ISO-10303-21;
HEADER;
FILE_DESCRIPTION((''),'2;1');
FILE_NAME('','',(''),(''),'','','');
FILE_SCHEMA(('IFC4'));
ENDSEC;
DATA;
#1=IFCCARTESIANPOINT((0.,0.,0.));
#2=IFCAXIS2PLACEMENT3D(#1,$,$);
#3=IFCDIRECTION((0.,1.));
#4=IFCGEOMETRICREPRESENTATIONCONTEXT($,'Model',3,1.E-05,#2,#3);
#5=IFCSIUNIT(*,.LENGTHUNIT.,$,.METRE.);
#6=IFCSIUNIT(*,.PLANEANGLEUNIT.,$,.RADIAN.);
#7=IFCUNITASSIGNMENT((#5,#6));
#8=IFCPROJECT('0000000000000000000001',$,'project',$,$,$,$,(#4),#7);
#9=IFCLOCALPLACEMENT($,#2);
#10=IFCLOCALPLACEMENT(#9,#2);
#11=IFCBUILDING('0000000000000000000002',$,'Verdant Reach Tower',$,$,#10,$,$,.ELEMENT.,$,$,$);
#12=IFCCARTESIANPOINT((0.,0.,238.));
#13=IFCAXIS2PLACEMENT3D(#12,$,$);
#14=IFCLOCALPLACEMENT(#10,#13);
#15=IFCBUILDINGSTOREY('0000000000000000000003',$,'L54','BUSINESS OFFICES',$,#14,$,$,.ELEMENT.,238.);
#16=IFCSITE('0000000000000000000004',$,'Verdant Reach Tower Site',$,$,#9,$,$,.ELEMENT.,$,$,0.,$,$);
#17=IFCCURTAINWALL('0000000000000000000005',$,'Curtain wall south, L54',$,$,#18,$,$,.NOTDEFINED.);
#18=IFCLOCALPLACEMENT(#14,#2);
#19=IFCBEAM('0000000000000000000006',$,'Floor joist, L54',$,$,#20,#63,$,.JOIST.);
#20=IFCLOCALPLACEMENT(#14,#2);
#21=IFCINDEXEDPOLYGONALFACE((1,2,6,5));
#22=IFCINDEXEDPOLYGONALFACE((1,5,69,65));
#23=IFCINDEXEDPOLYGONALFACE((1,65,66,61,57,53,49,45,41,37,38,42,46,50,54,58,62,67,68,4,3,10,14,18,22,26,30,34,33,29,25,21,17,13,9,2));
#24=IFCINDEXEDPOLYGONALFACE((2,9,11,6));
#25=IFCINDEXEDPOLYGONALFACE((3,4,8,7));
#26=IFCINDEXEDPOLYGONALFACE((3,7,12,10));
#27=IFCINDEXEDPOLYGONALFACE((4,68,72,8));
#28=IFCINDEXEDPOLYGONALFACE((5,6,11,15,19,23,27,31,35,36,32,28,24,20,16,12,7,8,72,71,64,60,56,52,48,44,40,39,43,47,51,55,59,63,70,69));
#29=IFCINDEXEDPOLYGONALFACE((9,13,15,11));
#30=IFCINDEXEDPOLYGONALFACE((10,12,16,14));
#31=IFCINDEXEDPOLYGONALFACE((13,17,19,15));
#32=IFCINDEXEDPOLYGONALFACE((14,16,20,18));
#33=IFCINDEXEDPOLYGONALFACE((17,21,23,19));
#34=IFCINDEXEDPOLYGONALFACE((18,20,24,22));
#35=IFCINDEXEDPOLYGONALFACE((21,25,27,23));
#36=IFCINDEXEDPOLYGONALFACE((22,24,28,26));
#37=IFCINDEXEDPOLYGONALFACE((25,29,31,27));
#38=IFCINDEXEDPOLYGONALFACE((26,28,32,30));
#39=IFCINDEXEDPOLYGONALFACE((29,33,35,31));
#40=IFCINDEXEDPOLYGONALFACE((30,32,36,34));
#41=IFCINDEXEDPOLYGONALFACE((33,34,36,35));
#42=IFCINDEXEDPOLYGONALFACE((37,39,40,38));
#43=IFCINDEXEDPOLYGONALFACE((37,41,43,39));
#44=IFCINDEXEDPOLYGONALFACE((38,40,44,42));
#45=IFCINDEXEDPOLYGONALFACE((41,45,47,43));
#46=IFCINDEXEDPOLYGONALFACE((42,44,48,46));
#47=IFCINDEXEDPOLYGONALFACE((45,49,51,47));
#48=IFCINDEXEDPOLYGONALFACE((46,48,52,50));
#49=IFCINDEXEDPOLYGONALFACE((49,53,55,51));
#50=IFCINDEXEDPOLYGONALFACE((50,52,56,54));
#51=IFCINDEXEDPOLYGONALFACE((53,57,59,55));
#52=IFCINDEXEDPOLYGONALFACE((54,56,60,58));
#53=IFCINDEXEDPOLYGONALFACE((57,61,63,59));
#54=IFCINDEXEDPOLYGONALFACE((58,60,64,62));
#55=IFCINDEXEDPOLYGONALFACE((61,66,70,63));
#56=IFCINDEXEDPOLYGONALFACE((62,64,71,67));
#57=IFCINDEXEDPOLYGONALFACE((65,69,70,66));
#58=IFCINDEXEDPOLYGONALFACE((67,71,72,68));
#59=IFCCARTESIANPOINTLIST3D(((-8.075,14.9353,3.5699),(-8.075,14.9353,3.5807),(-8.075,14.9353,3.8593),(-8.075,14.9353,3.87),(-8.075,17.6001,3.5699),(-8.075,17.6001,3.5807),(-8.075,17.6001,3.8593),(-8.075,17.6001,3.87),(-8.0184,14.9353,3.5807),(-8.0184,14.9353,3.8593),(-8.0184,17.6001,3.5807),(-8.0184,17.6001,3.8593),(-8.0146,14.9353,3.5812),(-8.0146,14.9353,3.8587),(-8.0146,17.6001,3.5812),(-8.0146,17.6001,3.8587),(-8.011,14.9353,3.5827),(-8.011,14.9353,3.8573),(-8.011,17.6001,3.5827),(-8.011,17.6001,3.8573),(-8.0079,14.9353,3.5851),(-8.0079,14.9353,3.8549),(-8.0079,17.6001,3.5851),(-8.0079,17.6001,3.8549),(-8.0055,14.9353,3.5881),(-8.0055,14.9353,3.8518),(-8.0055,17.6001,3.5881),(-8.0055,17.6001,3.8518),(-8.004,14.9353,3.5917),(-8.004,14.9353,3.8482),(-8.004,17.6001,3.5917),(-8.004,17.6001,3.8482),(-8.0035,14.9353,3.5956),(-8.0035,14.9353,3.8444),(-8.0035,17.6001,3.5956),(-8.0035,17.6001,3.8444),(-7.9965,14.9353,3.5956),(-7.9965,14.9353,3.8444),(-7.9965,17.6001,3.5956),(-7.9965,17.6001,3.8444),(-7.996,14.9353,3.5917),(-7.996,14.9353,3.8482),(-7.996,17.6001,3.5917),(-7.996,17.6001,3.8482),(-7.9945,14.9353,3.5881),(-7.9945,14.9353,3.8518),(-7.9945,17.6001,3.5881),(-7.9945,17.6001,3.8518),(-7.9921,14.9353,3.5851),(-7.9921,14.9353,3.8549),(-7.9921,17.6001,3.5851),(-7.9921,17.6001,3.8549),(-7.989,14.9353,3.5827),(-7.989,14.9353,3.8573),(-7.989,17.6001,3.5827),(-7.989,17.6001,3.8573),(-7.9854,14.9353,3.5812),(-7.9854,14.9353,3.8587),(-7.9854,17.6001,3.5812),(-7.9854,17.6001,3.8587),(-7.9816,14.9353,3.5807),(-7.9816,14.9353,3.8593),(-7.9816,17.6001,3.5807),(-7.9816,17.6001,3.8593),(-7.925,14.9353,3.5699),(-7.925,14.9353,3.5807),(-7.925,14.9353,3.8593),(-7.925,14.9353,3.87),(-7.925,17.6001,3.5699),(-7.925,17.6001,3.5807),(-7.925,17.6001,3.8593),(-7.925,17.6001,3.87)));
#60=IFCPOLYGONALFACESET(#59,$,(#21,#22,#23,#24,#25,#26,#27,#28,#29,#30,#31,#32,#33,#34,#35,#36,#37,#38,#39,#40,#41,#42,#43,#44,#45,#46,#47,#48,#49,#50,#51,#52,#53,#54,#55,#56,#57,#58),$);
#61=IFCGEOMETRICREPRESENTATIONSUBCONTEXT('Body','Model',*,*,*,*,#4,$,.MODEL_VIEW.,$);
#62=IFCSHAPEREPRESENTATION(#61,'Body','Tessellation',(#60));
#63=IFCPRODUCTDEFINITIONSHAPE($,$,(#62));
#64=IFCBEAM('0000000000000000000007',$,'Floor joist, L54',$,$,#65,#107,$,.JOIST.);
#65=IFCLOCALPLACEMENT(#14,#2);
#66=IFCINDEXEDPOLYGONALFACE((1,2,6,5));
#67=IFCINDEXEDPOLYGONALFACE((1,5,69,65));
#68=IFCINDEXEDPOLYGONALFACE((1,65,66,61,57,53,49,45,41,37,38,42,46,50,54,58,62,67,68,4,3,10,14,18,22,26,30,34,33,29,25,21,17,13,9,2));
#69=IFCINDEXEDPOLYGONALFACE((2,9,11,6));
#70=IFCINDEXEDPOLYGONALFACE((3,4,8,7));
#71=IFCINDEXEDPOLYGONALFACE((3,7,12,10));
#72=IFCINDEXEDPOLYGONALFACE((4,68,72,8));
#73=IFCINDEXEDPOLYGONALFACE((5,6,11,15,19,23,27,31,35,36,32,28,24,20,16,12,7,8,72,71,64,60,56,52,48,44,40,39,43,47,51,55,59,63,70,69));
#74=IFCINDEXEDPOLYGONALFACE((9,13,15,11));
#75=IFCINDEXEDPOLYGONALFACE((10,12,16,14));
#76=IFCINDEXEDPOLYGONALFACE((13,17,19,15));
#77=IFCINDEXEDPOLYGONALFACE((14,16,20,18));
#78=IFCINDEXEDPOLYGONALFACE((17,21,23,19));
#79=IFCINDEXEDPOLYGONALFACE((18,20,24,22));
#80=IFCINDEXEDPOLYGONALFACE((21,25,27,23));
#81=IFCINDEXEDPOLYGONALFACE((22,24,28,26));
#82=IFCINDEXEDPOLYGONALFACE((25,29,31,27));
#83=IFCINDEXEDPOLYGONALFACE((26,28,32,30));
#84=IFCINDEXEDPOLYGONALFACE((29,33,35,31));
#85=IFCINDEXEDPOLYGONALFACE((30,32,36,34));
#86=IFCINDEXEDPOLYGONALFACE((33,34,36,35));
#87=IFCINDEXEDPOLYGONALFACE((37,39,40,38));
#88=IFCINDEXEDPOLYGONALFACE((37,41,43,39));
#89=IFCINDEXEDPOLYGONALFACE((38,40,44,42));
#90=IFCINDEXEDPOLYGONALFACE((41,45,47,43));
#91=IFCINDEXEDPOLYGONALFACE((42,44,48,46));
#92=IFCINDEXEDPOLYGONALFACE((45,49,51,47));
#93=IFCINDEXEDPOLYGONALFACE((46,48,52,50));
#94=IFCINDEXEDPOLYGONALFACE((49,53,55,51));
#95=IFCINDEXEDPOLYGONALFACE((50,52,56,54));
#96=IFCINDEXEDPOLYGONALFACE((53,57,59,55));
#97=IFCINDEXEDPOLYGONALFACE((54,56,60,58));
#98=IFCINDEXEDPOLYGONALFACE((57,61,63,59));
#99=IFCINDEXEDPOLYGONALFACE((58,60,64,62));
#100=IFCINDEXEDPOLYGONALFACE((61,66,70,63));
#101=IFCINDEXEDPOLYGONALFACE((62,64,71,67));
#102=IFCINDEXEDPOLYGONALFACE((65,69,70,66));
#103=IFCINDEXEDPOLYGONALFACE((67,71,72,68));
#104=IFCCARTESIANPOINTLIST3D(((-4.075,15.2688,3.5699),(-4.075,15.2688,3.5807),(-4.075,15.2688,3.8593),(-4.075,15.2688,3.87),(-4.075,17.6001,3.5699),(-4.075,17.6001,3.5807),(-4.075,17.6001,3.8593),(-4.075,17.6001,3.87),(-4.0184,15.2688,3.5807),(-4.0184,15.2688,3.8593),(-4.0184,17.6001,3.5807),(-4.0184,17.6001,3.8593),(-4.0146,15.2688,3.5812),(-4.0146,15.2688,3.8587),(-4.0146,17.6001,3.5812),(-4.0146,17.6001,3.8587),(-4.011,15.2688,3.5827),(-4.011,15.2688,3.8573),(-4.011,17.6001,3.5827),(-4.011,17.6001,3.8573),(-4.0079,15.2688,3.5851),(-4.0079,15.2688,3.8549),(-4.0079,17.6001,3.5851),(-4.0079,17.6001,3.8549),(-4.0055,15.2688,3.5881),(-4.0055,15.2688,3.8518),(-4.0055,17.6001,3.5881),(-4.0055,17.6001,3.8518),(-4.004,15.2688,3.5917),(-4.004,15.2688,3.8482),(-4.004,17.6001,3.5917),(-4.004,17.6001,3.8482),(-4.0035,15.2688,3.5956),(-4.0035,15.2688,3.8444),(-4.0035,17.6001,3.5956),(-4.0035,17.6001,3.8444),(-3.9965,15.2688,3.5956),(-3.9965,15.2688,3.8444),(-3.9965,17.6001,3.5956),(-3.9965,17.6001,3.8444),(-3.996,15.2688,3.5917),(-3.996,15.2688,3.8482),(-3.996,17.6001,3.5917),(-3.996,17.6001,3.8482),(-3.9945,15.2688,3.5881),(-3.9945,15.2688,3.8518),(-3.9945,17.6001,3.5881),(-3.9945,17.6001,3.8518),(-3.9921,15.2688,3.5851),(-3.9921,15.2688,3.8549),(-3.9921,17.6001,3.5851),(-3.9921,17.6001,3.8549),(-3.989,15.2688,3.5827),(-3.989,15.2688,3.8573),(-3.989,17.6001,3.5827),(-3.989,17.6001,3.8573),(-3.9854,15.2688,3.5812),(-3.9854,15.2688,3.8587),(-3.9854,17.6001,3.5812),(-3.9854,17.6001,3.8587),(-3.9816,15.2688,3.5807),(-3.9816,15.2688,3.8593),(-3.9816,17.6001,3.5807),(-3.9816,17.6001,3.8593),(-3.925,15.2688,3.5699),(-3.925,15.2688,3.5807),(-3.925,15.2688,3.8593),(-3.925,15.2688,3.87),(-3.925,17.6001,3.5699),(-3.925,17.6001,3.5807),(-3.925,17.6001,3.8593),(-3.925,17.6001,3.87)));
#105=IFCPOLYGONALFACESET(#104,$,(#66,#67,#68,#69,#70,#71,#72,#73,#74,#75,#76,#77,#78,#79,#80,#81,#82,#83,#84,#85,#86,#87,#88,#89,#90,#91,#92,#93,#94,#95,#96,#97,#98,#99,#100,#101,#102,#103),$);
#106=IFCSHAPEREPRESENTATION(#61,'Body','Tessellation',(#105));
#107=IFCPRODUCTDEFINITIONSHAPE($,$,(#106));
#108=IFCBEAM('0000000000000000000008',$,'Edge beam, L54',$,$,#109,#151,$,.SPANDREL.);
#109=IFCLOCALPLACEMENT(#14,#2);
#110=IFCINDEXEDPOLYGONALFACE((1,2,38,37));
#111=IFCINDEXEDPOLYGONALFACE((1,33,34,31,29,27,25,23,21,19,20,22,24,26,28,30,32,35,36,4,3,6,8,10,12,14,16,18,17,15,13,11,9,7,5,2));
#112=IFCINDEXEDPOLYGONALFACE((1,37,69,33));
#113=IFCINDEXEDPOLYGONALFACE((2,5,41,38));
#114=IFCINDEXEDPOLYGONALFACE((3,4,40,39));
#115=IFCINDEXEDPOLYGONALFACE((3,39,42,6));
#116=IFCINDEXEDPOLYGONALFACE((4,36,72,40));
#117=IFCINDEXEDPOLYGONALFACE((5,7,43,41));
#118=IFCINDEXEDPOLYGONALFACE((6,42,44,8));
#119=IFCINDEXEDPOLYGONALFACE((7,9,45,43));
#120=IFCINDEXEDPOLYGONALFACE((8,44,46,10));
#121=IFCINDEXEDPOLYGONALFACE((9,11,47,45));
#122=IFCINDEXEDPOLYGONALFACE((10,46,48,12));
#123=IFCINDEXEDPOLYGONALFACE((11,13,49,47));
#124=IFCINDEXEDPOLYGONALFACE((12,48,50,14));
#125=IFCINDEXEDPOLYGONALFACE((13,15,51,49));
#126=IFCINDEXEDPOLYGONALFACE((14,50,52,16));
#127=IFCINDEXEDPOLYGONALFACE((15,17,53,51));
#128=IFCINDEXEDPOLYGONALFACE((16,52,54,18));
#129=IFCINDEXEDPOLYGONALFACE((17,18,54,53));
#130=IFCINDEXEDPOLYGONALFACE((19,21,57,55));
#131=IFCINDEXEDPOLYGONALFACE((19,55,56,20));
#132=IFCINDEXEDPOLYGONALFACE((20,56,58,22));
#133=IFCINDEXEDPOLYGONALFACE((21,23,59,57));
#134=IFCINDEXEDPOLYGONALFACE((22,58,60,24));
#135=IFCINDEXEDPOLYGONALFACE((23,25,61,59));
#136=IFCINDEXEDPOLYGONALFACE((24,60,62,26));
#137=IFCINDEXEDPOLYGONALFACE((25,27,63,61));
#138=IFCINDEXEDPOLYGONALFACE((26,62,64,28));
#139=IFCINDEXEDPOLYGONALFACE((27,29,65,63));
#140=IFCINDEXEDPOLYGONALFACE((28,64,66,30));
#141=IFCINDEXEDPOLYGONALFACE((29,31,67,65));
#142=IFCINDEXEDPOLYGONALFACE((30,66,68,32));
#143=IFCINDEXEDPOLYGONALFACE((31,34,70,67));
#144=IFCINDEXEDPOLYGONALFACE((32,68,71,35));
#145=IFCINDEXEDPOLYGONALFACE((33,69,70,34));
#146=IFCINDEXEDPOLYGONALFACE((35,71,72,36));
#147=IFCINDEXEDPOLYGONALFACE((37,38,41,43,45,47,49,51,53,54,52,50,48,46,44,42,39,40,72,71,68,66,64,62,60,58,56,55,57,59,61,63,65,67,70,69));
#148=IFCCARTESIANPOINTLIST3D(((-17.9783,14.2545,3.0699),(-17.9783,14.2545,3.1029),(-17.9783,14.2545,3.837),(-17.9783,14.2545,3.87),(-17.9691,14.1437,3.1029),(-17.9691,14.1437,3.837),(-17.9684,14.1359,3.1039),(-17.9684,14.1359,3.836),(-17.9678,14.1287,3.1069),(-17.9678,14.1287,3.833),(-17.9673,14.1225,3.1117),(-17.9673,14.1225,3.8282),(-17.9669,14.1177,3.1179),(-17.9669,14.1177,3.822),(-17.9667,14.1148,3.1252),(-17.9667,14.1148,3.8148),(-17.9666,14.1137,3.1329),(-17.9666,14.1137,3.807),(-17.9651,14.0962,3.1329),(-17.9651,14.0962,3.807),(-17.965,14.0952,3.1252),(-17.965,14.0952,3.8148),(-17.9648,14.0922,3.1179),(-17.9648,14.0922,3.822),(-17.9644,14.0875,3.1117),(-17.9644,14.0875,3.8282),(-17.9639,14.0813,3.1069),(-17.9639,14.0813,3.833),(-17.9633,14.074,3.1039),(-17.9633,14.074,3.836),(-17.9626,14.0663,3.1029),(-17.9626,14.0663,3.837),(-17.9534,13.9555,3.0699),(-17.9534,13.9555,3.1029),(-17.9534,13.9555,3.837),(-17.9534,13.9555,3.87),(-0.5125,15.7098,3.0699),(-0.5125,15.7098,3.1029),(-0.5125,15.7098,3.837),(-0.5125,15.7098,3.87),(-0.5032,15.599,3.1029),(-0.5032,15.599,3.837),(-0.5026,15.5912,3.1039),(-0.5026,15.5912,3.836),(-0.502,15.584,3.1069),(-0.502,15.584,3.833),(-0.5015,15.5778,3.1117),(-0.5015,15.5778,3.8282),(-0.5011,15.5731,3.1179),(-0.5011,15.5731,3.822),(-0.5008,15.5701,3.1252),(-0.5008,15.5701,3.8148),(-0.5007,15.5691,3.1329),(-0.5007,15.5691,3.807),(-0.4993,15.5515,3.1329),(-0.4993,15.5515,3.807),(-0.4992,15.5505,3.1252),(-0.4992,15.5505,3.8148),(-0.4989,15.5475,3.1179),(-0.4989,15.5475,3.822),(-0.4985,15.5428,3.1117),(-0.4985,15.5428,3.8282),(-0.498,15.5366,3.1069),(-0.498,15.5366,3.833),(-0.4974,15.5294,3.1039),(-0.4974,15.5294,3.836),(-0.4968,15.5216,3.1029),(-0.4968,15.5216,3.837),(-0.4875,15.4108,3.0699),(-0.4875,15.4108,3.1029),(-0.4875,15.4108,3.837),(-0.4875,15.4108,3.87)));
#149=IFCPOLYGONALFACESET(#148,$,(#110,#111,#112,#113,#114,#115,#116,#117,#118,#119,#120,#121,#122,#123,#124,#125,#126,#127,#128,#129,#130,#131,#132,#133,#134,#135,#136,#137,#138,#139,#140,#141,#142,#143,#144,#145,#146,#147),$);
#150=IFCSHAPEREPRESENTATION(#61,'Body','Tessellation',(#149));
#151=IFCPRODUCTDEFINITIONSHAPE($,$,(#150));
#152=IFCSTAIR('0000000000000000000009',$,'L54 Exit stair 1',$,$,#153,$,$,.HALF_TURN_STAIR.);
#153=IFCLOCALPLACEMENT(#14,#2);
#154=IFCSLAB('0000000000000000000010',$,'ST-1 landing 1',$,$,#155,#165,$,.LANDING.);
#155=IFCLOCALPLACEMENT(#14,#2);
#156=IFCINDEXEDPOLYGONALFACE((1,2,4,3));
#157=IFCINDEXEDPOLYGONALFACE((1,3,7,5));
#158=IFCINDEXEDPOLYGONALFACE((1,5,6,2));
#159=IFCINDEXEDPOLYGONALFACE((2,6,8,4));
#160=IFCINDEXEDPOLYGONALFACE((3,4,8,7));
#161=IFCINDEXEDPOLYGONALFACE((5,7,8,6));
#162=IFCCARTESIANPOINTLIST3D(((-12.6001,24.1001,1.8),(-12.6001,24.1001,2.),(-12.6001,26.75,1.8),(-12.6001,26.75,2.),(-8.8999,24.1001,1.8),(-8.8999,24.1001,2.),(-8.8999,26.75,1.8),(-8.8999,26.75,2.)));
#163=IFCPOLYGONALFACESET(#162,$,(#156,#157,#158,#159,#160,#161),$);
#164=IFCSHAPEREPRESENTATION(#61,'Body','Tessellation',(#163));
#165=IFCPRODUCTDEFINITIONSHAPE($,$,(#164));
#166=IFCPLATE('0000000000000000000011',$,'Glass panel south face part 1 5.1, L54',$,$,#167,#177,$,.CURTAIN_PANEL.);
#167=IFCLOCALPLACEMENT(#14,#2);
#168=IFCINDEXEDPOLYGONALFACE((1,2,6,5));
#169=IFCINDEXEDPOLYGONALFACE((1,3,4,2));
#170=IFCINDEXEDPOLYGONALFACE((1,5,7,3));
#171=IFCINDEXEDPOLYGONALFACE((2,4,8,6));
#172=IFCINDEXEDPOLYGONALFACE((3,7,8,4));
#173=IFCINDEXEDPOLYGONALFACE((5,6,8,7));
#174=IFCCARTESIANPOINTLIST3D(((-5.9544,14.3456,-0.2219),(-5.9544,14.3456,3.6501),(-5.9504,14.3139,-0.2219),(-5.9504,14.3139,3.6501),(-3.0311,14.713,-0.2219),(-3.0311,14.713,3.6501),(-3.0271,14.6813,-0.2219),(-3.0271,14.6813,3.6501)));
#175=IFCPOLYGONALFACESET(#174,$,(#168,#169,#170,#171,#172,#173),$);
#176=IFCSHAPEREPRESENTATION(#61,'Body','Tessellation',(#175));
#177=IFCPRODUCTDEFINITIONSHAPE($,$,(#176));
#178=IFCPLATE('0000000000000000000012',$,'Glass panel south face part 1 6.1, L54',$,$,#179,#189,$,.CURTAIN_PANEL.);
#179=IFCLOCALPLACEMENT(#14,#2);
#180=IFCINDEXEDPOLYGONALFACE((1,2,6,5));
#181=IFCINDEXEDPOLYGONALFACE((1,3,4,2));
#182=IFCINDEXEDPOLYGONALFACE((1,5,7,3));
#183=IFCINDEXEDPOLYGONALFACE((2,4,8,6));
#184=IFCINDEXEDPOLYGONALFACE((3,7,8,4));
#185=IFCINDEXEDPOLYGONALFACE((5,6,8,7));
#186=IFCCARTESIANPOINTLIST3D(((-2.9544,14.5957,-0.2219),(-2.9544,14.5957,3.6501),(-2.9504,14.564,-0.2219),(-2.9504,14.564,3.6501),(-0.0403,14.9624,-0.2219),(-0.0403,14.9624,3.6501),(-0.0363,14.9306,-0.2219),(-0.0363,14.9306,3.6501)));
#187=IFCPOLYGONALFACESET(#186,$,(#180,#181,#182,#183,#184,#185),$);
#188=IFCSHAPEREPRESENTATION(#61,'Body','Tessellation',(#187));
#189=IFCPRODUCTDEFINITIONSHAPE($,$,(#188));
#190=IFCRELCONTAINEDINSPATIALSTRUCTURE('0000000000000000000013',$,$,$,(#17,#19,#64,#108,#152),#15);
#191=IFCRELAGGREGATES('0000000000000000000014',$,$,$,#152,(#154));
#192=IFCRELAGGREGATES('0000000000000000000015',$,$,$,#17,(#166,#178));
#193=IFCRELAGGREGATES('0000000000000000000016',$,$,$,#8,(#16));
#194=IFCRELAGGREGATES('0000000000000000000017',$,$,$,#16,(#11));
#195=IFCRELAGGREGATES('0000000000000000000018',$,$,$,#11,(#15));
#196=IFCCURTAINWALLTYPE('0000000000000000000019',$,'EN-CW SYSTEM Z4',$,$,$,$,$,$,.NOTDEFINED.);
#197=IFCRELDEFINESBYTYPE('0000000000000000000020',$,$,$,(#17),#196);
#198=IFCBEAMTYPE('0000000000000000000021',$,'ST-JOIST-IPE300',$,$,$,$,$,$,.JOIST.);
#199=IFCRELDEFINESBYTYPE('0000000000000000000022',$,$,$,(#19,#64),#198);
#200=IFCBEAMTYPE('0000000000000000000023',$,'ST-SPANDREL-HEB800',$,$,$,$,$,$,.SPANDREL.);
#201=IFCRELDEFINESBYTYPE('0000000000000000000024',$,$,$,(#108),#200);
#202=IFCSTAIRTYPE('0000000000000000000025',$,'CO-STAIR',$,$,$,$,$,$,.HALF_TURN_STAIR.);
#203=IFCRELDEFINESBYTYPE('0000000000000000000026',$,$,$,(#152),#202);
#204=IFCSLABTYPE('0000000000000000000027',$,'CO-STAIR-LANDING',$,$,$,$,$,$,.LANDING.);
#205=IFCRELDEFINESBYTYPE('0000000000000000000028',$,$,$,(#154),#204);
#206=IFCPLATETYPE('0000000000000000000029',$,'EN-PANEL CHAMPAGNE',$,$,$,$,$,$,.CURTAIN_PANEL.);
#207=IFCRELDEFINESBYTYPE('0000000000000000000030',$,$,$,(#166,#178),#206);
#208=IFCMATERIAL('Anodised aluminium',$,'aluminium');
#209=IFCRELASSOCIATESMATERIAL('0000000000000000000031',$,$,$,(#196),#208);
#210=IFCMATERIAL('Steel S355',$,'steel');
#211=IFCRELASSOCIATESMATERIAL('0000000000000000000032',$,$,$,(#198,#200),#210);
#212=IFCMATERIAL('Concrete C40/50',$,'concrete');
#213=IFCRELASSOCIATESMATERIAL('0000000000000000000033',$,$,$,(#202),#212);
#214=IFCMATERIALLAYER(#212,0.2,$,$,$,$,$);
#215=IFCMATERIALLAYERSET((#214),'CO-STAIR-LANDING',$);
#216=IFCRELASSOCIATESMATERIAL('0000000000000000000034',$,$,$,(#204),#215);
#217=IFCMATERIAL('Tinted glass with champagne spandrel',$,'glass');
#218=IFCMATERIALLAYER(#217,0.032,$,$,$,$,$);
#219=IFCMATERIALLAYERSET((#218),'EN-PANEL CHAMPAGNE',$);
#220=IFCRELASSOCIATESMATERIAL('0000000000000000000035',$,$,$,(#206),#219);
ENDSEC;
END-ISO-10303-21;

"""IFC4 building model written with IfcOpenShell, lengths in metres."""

from ifc_helpers import new_model, si_unit, direction, frame, origin, origin_2d, place, context, subcontext, project, spatial, polyline, rectangle, i_section, outline, extrude, material, layer, layer_set, material_profile, profile_set, type_object, element, aggregate, save


model = new_model("IFC4")

# Units and contexts
model_context = context("Model", 3, precision=1e-05, world=origin(), true_north=direction((0.0, 1.0)))
body_context = subcontext(model_context, "Body", "Model", "MODEL_VIEW")
ifc_project = project(units=[si_unit("LENGTHUNIT", "METRE"), si_unit("PLANEANGLEUNIT", "RADIAN")], contexts=[model_context])

# Site, building, storey
site_placement = place(None, origin())
site = spatial("IfcSite", under=ifc_project, at=site_placement, Name="Verdant Reach Tower Site", CompositionType="ELEMENT", RefElevation=0.0)
building_placement = place(site_placement, origin())
building = spatial("IfcBuilding", under=site, at=building_placement, Name="Verdant Reach Tower", CompositionType="ELEMENT")
storey_placement = place(building_placement, frame((0.0, 0.0, 238.0)))
storey = spatial("IfcBuildingStorey", under=building, at=storey_placement, Name="L54", Description="BUSINESS OFFICES", CompositionType="ELEMENT", Elevation=238.0)

# Curtain wall
ifc_material_1 = material(Name="Anodised aluminium", Category="aluminium")
curtain_wall_type = type_object("IfcCurtainWallType", Name="EN-CW SYSTEM Z4", PredefinedType="NOTDEFINED", material=ifc_material_1)
curtain_wall_placement = place(storey_placement, origin())
curtain_wall = element("IfcCurtainWall", 1, at=curtain_wall_placement, inside=storey, type_object=curtain_wall_type, Name="Curtain wall south, L54", PredefinedType="NOTDEFINED")

# Beams
ifc_material_2 = material(Name="Steel S355", Category="steel")
ifc_material_profile_1 = material_profile(ifc_material_2, i_section(OverallWidth=0.1499, OverallDepth=0.3, WebThickness=0.0071, FlangeThickness=0.0107, FilletRadius=0.0149, at=origin_2d()), Name="IPE 300")
ifc_profile_set_1 = profile_set([ifc_material_profile_1], Name="Steel S355")
beam_type_1 = type_object("IfcBeamType", Name="ST-JOIST-IPE300", PredefinedType="JOIST", material=ifc_profile_set_1)
beam_1_placement = place(storey_placement, frame((-8.0, 17.6001, 3.72), z_axis=(0.0, -1.0, 0.0), x_axis=(1.0, 0.0, 0.0)))
element("IfcBeam", 2, at=beam_1_placement, inside=storey, type_object=beam_type_1, Name="Floor joist, L54", PredefinedType="JOIST", context=body_context, shape_type="SweptSolid", body=[
    extrude(i_section(OverallWidth=0.1499, OverallDepth=0.3, WebThickness=0.0071, FlangeThickness=0.0107, FilletRadius=0.0149, at=origin_2d()), origin(), (0.0, 0.0, 1.0), 2.6648),
])
beam_2_placement = place(storey_placement, frame((-4.0, 17.6001, 3.72), z_axis=(0.0, -1.0, 0.0), x_axis=(1.0, 0.0, 0.0)))
element("IfcBeam", 3, at=beam_2_placement, inside=storey, type_object=beam_type_1, Name="Floor joist, L54", PredefinedType="JOIST", context=body_context, shape_type="SweptSolid", body=[
    extrude(i_section(OverallWidth=0.1499, OverallDepth=0.3, WebThickness=0.0071, FlangeThickness=0.0107, FilletRadius=0.0149, at=origin_2d()), origin(), (0.0, 0.0, 1.0), 2.3313),
])
ifc_material_profile_2 = material_profile(ifc_material_2, i_section(OverallWidth=0.3, OverallDepth=0.8, WebThickness=0.0176, FlangeThickness=0.033, FilletRadius=0.03, at=origin_2d()), Name="HEB 800")
ifc_profile_set_2 = profile_set([ifc_material_profile_2], Name="Steel S355")
beam_type_2 = type_object("IfcBeamType", Name="ST-SPANDREL-HEB800", PredefinedType="SPANDREL", material=ifc_profile_set_2)
beam_3_placement = place(storey_placement, frame((-0.5, 15.5603, 3.47), z_axis=(-0.996547, -0.083036, 0.0), x_axis=(0.083036, -0.996547, 0.0)))
element("IfcBeam", 4, at=beam_3_placement, inside=storey, type_object=beam_type_2, Name="Edge beam, L54", PredefinedType="SPANDREL", context=body_context, shape_type="SweptSolid", body=[
    extrude(i_section(OverallWidth=0.3, OverallDepth=0.8, WebThickness=0.0176, FlangeThickness=0.033, FilletRadius=0.03, at=origin_2d()), origin(), (0.0, 0.0, 1.0), 17.5264),
])

# Stair, slab
ifc_material_3 = material(Name="Concrete C40/50", Category="concrete")
stair_type = type_object("IfcStairType", Name="CO-STAIR", PredefinedType="HALF_TURN_STAIR", material=ifc_material_3)
stair_placement = place(storey_placement, origin())
stair = element("IfcStair", 5, at=stair_placement, inside=storey, type_object=stair_type, Name="L54 Exit stair 1", PredefinedType="HALF_TURN_STAIR")
ifc_layer_1 = layer(ifc_material_3, 0.2)
ifc_layer_set_1 = layer_set([ifc_layer_1], Name="CO-STAIR-LANDING")
slab_type_1 = type_object("IfcSlabType", Name="CO-STAIR-LANDING", PredefinedType="LANDING", material=ifc_layer_set_1)
slab_1_placement = place(storey_placement, frame((0.0, 0.0, 1.8)))
slab_1 = element("IfcSlab", 6, at=slab_1_placement, type_object=slab_type_1, Name="ST-1 landing 1", PredefinedType="LANDING", context=body_context, shape_type="SweptSolid", body=[
    extrude(outline(polyline([(-12.6001, 26.75), (-12.6001, 24.1001), (-8.8999, 24.1001), (-8.8999, 26.75), (-12.6001, 26.75)])), origin(), (0.0, 0.0, 1.0), 0.2),
])
aggregate(stair, [slab_1])

# Plates
ifc_material_4 = material(Name="Tinted glass with champagne spandrel", Category="glass")
ifc_layer_2 = layer(ifc_material_4, 0.032)
ifc_layer_set_2 = layer_set([ifc_layer_2], Name="EN-PANEL CHAMPAGNE")
plate_type_1 = type_object("IfcPlateType", Name="EN-PANEL CHAMPAGNE", PredefinedType="CURTAIN_PANEL", material=ifc_layer_set_2)
plate_1_placement = place(storey_placement, frame((-4.4907, 14.5134, -0.2219), z_axis=(0.0, 0.0, 1.0), x_axis=(0.992194, 0.124704, 0.0)))
plate_1 = element("IfcPlate", 7, at=plate_1_placement, type_object=plate_type_1, Name="Glass panel south face part 1 5.1, L54", PredefinedType="CURTAIN_PANEL", context=body_context, shape_type="SweptSolid", body=[
    extrude(rectangle(XDim=2.9463, YDim=0.032, at=origin_2d()), origin(), (0.0, 0.0, 1.0), 3.8721),
])
plate_2_placement = place(storey_placement, frame((-1.4954, 14.7632, -0.2219), z_axis=(0.0, 0.0, 1.0), x_axis=(0.992178, 0.124832, 0.0)))
plate_2 = element("IfcPlate", 8, at=plate_2_placement, type_object=plate_type_1, Name="Glass panel south face part 1 6.1, L54", PredefinedType="CURTAIN_PANEL", context=body_context, shape_type="SweptSolid", body=[
    extrude(rectangle(XDim=2.937, YDim=0.032, at=origin_2d()), origin(), (0.0, 0.0, 1.0), 3.8721),
])
aggregate(curtain_wall, [plate_1, plate_2])

save(model, "model.ifc")
